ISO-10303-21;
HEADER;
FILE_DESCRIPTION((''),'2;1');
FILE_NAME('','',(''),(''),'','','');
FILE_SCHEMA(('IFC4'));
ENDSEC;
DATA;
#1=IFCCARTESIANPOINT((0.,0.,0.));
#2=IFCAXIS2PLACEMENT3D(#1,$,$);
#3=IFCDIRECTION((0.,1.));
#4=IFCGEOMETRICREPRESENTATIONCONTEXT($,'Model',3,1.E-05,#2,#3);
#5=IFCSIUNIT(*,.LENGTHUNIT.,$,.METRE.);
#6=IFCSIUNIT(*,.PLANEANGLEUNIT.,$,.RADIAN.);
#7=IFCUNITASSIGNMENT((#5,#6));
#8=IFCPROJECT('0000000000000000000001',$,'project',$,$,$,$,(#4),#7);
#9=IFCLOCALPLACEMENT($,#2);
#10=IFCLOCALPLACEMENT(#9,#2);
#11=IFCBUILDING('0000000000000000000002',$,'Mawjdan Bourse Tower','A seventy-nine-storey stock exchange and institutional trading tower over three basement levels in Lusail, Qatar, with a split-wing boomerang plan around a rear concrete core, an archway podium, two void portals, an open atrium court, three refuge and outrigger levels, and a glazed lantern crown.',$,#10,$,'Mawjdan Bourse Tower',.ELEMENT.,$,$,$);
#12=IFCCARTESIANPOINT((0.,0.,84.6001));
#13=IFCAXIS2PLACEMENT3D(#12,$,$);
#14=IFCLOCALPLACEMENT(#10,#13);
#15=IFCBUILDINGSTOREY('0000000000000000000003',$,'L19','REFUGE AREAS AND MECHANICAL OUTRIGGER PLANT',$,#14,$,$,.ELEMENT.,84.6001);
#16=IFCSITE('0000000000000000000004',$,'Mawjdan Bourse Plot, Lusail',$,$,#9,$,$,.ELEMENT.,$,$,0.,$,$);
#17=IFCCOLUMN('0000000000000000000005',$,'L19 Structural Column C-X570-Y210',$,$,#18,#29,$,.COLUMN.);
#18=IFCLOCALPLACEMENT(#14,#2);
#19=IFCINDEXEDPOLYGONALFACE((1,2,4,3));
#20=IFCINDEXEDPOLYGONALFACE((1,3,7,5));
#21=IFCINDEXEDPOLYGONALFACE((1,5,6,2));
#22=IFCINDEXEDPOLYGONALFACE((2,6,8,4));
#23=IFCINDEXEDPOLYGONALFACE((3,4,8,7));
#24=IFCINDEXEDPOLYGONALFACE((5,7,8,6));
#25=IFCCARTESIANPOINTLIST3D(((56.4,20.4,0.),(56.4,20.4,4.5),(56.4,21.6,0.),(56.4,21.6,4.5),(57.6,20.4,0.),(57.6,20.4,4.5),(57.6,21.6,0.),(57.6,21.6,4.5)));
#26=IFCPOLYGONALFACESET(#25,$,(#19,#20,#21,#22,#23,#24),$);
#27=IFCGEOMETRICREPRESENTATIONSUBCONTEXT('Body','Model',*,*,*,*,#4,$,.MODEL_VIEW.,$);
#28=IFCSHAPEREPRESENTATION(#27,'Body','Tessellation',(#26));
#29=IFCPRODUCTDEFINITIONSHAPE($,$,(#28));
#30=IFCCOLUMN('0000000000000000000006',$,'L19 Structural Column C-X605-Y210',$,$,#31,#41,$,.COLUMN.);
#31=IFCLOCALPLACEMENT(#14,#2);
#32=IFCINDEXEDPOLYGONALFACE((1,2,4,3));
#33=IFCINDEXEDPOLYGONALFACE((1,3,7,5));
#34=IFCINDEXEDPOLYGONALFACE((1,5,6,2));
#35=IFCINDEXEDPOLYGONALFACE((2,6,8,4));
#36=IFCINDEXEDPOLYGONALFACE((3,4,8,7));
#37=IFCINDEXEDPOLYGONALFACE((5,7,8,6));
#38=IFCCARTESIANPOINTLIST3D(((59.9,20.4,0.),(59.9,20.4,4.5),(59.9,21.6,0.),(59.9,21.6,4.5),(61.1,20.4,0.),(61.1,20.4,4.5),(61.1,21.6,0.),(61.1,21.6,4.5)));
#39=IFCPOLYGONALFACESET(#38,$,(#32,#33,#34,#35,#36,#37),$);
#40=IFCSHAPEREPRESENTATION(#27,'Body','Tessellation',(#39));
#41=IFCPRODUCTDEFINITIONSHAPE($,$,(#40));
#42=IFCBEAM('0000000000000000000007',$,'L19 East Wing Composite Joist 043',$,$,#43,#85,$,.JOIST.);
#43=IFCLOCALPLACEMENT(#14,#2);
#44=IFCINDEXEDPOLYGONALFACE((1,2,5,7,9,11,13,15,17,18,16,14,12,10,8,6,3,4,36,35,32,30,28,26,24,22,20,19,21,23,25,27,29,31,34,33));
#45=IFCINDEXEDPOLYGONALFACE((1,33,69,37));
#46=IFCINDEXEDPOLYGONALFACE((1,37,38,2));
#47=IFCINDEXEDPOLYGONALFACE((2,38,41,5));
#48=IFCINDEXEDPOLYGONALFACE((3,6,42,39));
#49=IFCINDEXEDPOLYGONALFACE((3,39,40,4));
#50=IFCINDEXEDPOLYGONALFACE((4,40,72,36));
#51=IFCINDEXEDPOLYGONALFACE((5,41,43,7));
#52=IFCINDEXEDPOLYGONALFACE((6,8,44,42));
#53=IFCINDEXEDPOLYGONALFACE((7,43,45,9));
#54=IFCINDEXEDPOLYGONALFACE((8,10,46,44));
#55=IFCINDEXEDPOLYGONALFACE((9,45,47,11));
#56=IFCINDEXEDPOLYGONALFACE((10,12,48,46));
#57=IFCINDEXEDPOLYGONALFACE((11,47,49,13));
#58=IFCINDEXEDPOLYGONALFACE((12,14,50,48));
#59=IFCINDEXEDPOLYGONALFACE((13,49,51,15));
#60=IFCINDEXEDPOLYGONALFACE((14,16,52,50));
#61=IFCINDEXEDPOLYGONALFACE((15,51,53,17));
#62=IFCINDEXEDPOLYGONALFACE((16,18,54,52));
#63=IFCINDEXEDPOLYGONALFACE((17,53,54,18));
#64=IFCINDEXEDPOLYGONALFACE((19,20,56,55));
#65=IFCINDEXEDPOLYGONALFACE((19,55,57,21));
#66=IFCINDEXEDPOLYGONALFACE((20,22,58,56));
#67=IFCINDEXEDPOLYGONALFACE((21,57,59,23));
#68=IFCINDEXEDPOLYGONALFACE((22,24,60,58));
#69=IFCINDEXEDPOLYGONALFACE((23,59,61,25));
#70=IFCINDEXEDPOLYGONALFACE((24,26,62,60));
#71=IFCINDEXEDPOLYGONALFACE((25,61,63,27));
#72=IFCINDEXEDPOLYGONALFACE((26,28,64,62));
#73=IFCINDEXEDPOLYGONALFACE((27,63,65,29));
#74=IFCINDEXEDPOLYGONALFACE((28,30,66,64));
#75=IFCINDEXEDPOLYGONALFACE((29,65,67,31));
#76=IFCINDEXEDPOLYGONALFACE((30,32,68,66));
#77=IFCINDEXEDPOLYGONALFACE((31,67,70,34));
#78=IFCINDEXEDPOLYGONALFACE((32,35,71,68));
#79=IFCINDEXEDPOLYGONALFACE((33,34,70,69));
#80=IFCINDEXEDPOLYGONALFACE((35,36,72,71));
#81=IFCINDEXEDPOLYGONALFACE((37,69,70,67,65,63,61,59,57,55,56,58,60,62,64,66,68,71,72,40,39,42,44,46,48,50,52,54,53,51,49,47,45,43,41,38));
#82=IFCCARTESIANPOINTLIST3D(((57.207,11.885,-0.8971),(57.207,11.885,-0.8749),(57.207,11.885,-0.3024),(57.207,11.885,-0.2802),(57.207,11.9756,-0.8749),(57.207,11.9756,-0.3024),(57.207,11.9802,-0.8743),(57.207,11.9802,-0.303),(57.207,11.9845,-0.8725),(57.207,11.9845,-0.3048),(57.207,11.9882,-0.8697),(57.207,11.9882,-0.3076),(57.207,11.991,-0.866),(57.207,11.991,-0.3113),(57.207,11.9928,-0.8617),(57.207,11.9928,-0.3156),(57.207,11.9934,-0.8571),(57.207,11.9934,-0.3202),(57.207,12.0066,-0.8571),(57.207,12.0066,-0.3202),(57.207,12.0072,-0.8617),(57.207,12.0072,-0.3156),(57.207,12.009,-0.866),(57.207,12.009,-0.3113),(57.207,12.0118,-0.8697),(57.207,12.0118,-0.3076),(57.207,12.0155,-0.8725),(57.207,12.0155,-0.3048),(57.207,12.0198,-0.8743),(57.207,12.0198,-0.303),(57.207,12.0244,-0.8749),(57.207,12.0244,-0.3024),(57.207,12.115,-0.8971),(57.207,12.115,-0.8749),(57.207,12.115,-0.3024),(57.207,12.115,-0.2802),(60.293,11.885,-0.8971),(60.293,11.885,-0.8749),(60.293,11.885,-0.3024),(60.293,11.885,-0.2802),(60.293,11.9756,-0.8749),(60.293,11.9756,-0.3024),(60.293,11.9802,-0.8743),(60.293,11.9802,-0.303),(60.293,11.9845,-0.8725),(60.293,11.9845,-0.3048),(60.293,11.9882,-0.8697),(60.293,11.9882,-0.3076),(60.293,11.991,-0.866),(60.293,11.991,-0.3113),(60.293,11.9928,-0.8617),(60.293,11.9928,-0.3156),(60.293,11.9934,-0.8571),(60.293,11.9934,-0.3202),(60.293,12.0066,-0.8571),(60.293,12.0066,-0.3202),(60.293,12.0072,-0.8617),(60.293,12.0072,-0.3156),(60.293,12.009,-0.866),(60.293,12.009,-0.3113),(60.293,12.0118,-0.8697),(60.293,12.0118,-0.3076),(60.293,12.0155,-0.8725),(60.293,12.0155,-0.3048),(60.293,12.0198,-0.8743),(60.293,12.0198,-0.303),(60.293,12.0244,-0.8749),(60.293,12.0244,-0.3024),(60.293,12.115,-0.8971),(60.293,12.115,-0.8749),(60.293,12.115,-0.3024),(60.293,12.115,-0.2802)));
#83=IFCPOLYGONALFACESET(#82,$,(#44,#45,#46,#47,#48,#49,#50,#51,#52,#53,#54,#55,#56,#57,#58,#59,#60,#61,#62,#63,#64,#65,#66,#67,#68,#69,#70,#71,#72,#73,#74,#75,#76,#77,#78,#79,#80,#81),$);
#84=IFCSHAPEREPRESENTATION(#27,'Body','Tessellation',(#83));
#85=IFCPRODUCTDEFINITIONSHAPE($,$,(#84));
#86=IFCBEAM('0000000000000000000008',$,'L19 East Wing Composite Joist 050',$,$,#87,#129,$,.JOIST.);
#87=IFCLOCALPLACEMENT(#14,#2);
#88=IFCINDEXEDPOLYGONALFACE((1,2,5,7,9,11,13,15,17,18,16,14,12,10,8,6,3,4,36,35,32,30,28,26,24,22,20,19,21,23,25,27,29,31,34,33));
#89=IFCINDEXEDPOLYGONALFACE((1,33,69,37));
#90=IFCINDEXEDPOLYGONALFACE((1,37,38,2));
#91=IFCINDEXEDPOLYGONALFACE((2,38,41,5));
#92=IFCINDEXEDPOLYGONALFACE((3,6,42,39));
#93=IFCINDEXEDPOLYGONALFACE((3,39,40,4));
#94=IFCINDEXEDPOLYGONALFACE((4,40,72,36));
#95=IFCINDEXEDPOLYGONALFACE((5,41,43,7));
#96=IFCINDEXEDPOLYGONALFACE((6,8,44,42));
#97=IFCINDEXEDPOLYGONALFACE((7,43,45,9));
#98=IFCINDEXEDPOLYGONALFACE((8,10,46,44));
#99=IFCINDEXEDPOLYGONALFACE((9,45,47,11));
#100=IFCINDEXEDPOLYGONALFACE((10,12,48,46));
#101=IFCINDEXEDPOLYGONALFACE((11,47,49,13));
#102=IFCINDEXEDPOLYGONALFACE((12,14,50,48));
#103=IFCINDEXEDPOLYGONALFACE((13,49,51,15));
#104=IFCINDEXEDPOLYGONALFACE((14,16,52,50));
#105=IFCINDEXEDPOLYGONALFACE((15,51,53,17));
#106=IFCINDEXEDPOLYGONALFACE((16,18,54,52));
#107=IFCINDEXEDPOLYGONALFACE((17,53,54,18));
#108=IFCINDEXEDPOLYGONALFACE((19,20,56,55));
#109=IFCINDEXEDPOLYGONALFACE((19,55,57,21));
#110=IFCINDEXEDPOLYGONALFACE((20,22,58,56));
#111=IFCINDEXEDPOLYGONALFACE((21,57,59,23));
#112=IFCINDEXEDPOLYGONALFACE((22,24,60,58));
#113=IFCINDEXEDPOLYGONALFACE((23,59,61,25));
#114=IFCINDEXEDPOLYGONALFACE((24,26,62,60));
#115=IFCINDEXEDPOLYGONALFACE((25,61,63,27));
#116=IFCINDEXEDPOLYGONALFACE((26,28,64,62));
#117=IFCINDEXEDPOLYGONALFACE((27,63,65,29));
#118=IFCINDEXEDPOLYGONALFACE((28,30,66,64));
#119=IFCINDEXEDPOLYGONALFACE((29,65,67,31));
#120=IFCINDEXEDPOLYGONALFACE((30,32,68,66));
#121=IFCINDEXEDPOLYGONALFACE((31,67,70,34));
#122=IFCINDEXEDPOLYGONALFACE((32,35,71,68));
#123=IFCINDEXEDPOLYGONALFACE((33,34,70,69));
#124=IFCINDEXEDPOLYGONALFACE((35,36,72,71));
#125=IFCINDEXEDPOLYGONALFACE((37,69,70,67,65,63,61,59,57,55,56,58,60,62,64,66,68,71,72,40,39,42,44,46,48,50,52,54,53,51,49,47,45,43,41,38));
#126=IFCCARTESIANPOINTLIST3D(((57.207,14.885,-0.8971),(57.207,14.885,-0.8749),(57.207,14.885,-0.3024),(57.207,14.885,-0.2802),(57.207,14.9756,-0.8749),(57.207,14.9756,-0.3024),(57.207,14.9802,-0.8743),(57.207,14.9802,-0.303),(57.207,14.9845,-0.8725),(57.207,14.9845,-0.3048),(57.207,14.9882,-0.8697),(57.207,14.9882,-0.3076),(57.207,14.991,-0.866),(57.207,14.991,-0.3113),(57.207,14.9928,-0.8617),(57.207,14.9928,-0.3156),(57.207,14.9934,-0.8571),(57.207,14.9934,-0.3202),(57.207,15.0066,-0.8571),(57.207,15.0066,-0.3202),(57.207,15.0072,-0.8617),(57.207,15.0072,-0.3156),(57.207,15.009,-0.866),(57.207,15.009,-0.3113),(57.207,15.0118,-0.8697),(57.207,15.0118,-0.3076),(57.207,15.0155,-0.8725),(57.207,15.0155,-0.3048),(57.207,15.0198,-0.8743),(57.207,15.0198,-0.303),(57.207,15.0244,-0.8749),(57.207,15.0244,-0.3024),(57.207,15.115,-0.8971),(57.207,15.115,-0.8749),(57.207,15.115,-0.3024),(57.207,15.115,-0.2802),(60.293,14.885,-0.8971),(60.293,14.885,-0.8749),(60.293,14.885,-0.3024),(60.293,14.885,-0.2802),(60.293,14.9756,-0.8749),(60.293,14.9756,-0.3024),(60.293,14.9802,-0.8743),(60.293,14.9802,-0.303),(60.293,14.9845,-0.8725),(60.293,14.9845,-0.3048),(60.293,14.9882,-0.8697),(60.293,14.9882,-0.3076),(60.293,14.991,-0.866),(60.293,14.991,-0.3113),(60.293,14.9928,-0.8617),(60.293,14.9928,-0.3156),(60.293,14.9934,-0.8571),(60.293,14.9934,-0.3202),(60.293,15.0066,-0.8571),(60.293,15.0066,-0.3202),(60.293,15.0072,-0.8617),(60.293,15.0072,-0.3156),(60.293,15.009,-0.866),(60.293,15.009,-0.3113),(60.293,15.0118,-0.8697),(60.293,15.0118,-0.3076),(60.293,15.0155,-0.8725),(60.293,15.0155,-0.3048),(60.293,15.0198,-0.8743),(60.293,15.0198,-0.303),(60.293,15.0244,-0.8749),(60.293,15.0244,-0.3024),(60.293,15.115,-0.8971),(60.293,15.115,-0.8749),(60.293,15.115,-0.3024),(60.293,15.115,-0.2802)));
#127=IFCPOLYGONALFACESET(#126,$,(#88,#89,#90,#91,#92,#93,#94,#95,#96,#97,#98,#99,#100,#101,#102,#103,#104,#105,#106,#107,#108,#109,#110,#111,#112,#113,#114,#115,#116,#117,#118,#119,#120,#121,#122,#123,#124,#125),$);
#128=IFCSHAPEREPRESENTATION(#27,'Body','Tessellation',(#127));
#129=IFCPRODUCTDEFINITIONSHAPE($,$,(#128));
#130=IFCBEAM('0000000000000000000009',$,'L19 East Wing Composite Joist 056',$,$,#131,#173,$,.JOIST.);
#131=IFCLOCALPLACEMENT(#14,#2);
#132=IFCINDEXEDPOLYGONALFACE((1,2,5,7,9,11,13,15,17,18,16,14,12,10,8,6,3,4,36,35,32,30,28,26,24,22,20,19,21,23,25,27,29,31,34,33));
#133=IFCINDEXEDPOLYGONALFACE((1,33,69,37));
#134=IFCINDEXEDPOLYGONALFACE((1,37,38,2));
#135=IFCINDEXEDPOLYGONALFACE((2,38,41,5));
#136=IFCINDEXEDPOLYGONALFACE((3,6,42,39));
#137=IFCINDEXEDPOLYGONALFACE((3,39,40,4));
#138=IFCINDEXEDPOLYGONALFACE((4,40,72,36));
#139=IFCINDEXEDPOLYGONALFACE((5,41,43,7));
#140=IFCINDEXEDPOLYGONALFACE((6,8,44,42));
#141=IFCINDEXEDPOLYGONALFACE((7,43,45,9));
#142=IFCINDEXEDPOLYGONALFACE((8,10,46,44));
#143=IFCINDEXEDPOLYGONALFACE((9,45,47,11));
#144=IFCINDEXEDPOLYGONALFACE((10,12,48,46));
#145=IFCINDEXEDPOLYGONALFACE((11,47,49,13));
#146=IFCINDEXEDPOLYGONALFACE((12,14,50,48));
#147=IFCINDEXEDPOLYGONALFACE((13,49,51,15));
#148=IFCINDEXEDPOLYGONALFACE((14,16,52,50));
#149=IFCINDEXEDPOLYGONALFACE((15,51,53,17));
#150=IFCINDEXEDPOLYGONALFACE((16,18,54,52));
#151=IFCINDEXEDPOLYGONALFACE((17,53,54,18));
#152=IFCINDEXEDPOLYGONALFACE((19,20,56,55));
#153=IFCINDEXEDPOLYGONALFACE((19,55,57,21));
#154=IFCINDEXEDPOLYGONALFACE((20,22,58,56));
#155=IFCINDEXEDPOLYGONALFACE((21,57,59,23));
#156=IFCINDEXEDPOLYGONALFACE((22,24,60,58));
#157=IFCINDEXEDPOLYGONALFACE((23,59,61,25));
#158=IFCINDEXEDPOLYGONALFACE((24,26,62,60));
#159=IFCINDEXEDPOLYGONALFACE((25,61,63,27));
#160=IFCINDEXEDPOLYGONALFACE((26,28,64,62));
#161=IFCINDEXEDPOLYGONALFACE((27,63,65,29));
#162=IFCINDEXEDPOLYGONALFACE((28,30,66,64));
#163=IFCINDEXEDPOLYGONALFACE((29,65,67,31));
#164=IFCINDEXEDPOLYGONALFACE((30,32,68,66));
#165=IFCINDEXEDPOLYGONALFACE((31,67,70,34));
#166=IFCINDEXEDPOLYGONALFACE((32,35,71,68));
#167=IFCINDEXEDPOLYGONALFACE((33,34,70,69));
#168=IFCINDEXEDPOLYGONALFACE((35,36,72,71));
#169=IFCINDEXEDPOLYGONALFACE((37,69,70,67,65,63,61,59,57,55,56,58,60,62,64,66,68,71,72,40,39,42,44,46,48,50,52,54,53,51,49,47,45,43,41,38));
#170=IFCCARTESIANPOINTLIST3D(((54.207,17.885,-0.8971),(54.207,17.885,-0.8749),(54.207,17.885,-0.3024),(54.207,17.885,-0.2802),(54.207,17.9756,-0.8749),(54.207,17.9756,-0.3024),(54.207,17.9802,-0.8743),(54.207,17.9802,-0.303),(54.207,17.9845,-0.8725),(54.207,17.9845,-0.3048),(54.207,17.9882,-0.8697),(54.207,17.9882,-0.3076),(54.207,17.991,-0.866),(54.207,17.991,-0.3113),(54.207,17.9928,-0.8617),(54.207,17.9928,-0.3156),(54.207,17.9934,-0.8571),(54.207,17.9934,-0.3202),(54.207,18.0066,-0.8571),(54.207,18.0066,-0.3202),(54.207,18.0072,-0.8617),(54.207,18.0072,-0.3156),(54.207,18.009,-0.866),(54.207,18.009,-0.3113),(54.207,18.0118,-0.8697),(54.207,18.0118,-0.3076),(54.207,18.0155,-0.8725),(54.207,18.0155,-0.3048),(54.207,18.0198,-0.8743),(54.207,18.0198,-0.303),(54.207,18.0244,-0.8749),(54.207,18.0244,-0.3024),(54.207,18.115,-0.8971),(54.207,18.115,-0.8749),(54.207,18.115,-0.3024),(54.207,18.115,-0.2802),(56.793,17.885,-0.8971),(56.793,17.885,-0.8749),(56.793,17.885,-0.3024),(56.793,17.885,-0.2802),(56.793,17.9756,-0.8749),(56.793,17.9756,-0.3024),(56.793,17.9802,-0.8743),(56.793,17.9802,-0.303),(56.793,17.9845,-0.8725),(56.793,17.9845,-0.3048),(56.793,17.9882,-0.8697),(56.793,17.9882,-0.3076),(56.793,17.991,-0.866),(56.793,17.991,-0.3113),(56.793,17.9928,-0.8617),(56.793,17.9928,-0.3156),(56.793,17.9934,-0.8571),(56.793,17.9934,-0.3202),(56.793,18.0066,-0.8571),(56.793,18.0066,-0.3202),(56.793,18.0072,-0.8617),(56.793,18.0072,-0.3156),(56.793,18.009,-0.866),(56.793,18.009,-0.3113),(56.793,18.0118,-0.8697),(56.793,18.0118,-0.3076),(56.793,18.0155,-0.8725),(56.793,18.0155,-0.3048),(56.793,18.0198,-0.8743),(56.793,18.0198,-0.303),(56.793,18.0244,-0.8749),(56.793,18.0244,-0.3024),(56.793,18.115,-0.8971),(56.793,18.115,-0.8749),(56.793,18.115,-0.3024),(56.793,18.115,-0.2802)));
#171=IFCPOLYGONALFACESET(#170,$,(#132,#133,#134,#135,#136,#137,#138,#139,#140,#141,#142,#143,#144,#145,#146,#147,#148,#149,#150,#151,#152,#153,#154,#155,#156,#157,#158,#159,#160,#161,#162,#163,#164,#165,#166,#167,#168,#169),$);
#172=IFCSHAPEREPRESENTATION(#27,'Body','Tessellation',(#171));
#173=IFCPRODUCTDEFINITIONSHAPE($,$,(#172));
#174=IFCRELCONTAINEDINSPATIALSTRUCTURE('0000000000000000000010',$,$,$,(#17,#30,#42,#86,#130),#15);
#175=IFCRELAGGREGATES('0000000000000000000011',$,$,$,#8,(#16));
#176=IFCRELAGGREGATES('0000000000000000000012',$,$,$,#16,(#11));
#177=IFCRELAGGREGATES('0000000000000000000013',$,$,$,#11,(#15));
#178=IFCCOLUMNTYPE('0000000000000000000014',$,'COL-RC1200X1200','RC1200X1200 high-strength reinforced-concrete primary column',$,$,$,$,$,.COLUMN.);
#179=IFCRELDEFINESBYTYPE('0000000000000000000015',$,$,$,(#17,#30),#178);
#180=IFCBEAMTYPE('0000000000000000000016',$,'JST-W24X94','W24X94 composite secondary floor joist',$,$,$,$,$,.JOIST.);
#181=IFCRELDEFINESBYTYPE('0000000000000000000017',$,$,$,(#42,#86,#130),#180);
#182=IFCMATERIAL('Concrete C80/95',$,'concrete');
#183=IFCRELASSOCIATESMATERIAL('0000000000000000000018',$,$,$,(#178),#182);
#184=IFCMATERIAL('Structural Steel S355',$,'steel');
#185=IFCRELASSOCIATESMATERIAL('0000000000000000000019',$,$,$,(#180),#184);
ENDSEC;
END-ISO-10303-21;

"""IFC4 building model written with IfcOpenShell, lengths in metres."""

from ifc_helpers import new_model, si_unit, direction, frame, origin, origin_2d, place, context, subcontext, project, spatial, rectangle, i_section, extrude, material, material_profile, profile_set, type_object, element, save


model = new_model("IFC4")

# Units and contexts
model_context = context("Model", 3, precision=1e-05, world=origin(), true_north=direction((0.0, 1.0)))
body_context = subcontext(model_context, "Body", "Model", "MODEL_VIEW")
ifc_project = project(units=[si_unit("LENGTHUNIT", "METRE"), si_unit("PLANEANGLEUNIT", "RADIAN")], contexts=[model_context])

# Site, building, storey
site_placement = place(None, origin())
site = spatial("IfcSite", under=ifc_project, at=site_placement, Name="Mawjdan Bourse Plot, Lusail", CompositionType="ELEMENT", RefElevation=0.0)
building_placement = place(site_placement, origin())
building = spatial("IfcBuilding", under=site, at=building_placement, Name="Mawjdan Bourse Tower", Description="A seventy-nine-storey stock exchange and institutional trading tower over three basement levels in Lusail, Qatar, with a split-wing boomerang plan around a rear concrete core, an archway podium, two void portals, an open atrium court, three refuge and outrigger levels, and a glazed lantern crown.", LongName="Mawjdan Bourse Tower", CompositionType="ELEMENT")
storey_placement = place(building_placement, frame((0.0, 0.0, 84.6001)))
storey = spatial("IfcBuildingStorey", under=building, at=storey_placement, Name="L19", Description="REFUGE AREAS AND MECHANICAL OUTRIGGER PLANT", CompositionType="ELEMENT", Elevation=84.6001)

# Columns
ifc_material_1 = material(Name="Concrete C80/95", Category="concrete")
ifc_material_profile_1 = material_profile(ifc_material_1, rectangle(XDim=1.2, YDim=1.2, at=origin_2d()), Name="RC1200X1200")
ifc_profile_set_1 = profile_set([ifc_material_profile_1], Name="Concrete C80/95")
column_type = type_object("IfcColumnType", Name="COL-RC1200X1200", Description="RC1200X1200 high-strength reinforced-concrete primary column", PredefinedType="COLUMN", material=ifc_profile_set_1)
for number, where, z_axis, x_axis, name in (
    (1, (57.0, 21.0, 0.0), (0.0, 0.0, 1.0), (1.0, 0.0, 0.0), "L19 Structural Column C-X570-Y210"),
    (2, (60.5, 21.0, 0.0), (0.0, 0.0, 1.0), (1.0, 0.0, 0.0), "L19 Structural Column C-X605-Y210"),
):
    element("IfcColumn", number, at=place(storey_placement, frame(where, z_axis=z_axis, x_axis=x_axis)), inside=storey, type_object=column_type, Name=name, PredefinedType="COLUMN", context=body_context, shape_type="SweptSolid", body=[
        extrude(rectangle(XDim=1.2, YDim=1.2, at=origin_2d()), origin(), (0.0, 0.0, 1.0), 4.5),
    ])

# Beams
ifc_material_2 = material(Name="Structural Steel S355", Category="steel")
ifc_material_profile_2 = material_profile(ifc_material_2, i_section(OverallWidth=0.23, OverallDepth=0.6169, WebThickness=0.0132, FlangeThickness=0.0222, FilletRadius=0.0178, at=origin_2d()), Name="W24X94")
ifc_profile_set_2 = profile_set([ifc_material_profile_2], Name="Structural Steel S355")
beam_type_1 = type_object("IfcBeamType", Name="JST-W24X94", Description="W24X94 composite secondary floor joist", PredefinedType="JOIST", material=ifc_profile_set_2)
for number, where, z_axis, x_axis, name in (
    (3, (57.207, 12.0, -0.5886), (1.0, 0.0, 0.0), (0.0, 1.0, 0.0), "L19 East Wing Composite Joist 043"),
    (4, (57.207, 15.0, -0.5886), (1.0, 0.0, 0.0), (0.0, 1.0, 0.0), "L19 East Wing Composite Joist 050"),
):
    element("IfcBeam", number, at=place(storey_placement, frame(where, z_axis=z_axis, x_axis=x_axis)), inside=storey, type_object=beam_type_1, Name=name, PredefinedType="JOIST", context=body_context, shape_type="SweptSolid", body=[
        extrude(i_section(OverallWidth=0.23, OverallDepth=0.6169, WebThickness=0.0132, FlangeThickness=0.0222, FilletRadius=0.0178, at=origin_2d()), origin(), (0.0, 0.0, 1.0), 3.0859),
    ])
beam_1_placement = place(storey_placement, frame((54.207, 18.0, -0.5886), z_axis=(1.0, 0.0, 0.0), x_axis=(0.0, 1.0, 0.0)))
element("IfcBeam", 5, at=beam_1_placement, inside=storey, type_object=beam_type_1, Name="L19 East Wing Composite Joist 056", PredefinedType="JOIST", context=body_context, shape_type="SweptSolid", body=[
    extrude(i_section(OverallWidth=0.23, OverallDepth=0.6169, WebThickness=0.0132, FlangeThickness=0.0222, FilletRadius=0.0178, at=origin_2d()), origin(), (0.0, 0.0, 1.0), 2.5859),
])

save(model, "model.ifc")
